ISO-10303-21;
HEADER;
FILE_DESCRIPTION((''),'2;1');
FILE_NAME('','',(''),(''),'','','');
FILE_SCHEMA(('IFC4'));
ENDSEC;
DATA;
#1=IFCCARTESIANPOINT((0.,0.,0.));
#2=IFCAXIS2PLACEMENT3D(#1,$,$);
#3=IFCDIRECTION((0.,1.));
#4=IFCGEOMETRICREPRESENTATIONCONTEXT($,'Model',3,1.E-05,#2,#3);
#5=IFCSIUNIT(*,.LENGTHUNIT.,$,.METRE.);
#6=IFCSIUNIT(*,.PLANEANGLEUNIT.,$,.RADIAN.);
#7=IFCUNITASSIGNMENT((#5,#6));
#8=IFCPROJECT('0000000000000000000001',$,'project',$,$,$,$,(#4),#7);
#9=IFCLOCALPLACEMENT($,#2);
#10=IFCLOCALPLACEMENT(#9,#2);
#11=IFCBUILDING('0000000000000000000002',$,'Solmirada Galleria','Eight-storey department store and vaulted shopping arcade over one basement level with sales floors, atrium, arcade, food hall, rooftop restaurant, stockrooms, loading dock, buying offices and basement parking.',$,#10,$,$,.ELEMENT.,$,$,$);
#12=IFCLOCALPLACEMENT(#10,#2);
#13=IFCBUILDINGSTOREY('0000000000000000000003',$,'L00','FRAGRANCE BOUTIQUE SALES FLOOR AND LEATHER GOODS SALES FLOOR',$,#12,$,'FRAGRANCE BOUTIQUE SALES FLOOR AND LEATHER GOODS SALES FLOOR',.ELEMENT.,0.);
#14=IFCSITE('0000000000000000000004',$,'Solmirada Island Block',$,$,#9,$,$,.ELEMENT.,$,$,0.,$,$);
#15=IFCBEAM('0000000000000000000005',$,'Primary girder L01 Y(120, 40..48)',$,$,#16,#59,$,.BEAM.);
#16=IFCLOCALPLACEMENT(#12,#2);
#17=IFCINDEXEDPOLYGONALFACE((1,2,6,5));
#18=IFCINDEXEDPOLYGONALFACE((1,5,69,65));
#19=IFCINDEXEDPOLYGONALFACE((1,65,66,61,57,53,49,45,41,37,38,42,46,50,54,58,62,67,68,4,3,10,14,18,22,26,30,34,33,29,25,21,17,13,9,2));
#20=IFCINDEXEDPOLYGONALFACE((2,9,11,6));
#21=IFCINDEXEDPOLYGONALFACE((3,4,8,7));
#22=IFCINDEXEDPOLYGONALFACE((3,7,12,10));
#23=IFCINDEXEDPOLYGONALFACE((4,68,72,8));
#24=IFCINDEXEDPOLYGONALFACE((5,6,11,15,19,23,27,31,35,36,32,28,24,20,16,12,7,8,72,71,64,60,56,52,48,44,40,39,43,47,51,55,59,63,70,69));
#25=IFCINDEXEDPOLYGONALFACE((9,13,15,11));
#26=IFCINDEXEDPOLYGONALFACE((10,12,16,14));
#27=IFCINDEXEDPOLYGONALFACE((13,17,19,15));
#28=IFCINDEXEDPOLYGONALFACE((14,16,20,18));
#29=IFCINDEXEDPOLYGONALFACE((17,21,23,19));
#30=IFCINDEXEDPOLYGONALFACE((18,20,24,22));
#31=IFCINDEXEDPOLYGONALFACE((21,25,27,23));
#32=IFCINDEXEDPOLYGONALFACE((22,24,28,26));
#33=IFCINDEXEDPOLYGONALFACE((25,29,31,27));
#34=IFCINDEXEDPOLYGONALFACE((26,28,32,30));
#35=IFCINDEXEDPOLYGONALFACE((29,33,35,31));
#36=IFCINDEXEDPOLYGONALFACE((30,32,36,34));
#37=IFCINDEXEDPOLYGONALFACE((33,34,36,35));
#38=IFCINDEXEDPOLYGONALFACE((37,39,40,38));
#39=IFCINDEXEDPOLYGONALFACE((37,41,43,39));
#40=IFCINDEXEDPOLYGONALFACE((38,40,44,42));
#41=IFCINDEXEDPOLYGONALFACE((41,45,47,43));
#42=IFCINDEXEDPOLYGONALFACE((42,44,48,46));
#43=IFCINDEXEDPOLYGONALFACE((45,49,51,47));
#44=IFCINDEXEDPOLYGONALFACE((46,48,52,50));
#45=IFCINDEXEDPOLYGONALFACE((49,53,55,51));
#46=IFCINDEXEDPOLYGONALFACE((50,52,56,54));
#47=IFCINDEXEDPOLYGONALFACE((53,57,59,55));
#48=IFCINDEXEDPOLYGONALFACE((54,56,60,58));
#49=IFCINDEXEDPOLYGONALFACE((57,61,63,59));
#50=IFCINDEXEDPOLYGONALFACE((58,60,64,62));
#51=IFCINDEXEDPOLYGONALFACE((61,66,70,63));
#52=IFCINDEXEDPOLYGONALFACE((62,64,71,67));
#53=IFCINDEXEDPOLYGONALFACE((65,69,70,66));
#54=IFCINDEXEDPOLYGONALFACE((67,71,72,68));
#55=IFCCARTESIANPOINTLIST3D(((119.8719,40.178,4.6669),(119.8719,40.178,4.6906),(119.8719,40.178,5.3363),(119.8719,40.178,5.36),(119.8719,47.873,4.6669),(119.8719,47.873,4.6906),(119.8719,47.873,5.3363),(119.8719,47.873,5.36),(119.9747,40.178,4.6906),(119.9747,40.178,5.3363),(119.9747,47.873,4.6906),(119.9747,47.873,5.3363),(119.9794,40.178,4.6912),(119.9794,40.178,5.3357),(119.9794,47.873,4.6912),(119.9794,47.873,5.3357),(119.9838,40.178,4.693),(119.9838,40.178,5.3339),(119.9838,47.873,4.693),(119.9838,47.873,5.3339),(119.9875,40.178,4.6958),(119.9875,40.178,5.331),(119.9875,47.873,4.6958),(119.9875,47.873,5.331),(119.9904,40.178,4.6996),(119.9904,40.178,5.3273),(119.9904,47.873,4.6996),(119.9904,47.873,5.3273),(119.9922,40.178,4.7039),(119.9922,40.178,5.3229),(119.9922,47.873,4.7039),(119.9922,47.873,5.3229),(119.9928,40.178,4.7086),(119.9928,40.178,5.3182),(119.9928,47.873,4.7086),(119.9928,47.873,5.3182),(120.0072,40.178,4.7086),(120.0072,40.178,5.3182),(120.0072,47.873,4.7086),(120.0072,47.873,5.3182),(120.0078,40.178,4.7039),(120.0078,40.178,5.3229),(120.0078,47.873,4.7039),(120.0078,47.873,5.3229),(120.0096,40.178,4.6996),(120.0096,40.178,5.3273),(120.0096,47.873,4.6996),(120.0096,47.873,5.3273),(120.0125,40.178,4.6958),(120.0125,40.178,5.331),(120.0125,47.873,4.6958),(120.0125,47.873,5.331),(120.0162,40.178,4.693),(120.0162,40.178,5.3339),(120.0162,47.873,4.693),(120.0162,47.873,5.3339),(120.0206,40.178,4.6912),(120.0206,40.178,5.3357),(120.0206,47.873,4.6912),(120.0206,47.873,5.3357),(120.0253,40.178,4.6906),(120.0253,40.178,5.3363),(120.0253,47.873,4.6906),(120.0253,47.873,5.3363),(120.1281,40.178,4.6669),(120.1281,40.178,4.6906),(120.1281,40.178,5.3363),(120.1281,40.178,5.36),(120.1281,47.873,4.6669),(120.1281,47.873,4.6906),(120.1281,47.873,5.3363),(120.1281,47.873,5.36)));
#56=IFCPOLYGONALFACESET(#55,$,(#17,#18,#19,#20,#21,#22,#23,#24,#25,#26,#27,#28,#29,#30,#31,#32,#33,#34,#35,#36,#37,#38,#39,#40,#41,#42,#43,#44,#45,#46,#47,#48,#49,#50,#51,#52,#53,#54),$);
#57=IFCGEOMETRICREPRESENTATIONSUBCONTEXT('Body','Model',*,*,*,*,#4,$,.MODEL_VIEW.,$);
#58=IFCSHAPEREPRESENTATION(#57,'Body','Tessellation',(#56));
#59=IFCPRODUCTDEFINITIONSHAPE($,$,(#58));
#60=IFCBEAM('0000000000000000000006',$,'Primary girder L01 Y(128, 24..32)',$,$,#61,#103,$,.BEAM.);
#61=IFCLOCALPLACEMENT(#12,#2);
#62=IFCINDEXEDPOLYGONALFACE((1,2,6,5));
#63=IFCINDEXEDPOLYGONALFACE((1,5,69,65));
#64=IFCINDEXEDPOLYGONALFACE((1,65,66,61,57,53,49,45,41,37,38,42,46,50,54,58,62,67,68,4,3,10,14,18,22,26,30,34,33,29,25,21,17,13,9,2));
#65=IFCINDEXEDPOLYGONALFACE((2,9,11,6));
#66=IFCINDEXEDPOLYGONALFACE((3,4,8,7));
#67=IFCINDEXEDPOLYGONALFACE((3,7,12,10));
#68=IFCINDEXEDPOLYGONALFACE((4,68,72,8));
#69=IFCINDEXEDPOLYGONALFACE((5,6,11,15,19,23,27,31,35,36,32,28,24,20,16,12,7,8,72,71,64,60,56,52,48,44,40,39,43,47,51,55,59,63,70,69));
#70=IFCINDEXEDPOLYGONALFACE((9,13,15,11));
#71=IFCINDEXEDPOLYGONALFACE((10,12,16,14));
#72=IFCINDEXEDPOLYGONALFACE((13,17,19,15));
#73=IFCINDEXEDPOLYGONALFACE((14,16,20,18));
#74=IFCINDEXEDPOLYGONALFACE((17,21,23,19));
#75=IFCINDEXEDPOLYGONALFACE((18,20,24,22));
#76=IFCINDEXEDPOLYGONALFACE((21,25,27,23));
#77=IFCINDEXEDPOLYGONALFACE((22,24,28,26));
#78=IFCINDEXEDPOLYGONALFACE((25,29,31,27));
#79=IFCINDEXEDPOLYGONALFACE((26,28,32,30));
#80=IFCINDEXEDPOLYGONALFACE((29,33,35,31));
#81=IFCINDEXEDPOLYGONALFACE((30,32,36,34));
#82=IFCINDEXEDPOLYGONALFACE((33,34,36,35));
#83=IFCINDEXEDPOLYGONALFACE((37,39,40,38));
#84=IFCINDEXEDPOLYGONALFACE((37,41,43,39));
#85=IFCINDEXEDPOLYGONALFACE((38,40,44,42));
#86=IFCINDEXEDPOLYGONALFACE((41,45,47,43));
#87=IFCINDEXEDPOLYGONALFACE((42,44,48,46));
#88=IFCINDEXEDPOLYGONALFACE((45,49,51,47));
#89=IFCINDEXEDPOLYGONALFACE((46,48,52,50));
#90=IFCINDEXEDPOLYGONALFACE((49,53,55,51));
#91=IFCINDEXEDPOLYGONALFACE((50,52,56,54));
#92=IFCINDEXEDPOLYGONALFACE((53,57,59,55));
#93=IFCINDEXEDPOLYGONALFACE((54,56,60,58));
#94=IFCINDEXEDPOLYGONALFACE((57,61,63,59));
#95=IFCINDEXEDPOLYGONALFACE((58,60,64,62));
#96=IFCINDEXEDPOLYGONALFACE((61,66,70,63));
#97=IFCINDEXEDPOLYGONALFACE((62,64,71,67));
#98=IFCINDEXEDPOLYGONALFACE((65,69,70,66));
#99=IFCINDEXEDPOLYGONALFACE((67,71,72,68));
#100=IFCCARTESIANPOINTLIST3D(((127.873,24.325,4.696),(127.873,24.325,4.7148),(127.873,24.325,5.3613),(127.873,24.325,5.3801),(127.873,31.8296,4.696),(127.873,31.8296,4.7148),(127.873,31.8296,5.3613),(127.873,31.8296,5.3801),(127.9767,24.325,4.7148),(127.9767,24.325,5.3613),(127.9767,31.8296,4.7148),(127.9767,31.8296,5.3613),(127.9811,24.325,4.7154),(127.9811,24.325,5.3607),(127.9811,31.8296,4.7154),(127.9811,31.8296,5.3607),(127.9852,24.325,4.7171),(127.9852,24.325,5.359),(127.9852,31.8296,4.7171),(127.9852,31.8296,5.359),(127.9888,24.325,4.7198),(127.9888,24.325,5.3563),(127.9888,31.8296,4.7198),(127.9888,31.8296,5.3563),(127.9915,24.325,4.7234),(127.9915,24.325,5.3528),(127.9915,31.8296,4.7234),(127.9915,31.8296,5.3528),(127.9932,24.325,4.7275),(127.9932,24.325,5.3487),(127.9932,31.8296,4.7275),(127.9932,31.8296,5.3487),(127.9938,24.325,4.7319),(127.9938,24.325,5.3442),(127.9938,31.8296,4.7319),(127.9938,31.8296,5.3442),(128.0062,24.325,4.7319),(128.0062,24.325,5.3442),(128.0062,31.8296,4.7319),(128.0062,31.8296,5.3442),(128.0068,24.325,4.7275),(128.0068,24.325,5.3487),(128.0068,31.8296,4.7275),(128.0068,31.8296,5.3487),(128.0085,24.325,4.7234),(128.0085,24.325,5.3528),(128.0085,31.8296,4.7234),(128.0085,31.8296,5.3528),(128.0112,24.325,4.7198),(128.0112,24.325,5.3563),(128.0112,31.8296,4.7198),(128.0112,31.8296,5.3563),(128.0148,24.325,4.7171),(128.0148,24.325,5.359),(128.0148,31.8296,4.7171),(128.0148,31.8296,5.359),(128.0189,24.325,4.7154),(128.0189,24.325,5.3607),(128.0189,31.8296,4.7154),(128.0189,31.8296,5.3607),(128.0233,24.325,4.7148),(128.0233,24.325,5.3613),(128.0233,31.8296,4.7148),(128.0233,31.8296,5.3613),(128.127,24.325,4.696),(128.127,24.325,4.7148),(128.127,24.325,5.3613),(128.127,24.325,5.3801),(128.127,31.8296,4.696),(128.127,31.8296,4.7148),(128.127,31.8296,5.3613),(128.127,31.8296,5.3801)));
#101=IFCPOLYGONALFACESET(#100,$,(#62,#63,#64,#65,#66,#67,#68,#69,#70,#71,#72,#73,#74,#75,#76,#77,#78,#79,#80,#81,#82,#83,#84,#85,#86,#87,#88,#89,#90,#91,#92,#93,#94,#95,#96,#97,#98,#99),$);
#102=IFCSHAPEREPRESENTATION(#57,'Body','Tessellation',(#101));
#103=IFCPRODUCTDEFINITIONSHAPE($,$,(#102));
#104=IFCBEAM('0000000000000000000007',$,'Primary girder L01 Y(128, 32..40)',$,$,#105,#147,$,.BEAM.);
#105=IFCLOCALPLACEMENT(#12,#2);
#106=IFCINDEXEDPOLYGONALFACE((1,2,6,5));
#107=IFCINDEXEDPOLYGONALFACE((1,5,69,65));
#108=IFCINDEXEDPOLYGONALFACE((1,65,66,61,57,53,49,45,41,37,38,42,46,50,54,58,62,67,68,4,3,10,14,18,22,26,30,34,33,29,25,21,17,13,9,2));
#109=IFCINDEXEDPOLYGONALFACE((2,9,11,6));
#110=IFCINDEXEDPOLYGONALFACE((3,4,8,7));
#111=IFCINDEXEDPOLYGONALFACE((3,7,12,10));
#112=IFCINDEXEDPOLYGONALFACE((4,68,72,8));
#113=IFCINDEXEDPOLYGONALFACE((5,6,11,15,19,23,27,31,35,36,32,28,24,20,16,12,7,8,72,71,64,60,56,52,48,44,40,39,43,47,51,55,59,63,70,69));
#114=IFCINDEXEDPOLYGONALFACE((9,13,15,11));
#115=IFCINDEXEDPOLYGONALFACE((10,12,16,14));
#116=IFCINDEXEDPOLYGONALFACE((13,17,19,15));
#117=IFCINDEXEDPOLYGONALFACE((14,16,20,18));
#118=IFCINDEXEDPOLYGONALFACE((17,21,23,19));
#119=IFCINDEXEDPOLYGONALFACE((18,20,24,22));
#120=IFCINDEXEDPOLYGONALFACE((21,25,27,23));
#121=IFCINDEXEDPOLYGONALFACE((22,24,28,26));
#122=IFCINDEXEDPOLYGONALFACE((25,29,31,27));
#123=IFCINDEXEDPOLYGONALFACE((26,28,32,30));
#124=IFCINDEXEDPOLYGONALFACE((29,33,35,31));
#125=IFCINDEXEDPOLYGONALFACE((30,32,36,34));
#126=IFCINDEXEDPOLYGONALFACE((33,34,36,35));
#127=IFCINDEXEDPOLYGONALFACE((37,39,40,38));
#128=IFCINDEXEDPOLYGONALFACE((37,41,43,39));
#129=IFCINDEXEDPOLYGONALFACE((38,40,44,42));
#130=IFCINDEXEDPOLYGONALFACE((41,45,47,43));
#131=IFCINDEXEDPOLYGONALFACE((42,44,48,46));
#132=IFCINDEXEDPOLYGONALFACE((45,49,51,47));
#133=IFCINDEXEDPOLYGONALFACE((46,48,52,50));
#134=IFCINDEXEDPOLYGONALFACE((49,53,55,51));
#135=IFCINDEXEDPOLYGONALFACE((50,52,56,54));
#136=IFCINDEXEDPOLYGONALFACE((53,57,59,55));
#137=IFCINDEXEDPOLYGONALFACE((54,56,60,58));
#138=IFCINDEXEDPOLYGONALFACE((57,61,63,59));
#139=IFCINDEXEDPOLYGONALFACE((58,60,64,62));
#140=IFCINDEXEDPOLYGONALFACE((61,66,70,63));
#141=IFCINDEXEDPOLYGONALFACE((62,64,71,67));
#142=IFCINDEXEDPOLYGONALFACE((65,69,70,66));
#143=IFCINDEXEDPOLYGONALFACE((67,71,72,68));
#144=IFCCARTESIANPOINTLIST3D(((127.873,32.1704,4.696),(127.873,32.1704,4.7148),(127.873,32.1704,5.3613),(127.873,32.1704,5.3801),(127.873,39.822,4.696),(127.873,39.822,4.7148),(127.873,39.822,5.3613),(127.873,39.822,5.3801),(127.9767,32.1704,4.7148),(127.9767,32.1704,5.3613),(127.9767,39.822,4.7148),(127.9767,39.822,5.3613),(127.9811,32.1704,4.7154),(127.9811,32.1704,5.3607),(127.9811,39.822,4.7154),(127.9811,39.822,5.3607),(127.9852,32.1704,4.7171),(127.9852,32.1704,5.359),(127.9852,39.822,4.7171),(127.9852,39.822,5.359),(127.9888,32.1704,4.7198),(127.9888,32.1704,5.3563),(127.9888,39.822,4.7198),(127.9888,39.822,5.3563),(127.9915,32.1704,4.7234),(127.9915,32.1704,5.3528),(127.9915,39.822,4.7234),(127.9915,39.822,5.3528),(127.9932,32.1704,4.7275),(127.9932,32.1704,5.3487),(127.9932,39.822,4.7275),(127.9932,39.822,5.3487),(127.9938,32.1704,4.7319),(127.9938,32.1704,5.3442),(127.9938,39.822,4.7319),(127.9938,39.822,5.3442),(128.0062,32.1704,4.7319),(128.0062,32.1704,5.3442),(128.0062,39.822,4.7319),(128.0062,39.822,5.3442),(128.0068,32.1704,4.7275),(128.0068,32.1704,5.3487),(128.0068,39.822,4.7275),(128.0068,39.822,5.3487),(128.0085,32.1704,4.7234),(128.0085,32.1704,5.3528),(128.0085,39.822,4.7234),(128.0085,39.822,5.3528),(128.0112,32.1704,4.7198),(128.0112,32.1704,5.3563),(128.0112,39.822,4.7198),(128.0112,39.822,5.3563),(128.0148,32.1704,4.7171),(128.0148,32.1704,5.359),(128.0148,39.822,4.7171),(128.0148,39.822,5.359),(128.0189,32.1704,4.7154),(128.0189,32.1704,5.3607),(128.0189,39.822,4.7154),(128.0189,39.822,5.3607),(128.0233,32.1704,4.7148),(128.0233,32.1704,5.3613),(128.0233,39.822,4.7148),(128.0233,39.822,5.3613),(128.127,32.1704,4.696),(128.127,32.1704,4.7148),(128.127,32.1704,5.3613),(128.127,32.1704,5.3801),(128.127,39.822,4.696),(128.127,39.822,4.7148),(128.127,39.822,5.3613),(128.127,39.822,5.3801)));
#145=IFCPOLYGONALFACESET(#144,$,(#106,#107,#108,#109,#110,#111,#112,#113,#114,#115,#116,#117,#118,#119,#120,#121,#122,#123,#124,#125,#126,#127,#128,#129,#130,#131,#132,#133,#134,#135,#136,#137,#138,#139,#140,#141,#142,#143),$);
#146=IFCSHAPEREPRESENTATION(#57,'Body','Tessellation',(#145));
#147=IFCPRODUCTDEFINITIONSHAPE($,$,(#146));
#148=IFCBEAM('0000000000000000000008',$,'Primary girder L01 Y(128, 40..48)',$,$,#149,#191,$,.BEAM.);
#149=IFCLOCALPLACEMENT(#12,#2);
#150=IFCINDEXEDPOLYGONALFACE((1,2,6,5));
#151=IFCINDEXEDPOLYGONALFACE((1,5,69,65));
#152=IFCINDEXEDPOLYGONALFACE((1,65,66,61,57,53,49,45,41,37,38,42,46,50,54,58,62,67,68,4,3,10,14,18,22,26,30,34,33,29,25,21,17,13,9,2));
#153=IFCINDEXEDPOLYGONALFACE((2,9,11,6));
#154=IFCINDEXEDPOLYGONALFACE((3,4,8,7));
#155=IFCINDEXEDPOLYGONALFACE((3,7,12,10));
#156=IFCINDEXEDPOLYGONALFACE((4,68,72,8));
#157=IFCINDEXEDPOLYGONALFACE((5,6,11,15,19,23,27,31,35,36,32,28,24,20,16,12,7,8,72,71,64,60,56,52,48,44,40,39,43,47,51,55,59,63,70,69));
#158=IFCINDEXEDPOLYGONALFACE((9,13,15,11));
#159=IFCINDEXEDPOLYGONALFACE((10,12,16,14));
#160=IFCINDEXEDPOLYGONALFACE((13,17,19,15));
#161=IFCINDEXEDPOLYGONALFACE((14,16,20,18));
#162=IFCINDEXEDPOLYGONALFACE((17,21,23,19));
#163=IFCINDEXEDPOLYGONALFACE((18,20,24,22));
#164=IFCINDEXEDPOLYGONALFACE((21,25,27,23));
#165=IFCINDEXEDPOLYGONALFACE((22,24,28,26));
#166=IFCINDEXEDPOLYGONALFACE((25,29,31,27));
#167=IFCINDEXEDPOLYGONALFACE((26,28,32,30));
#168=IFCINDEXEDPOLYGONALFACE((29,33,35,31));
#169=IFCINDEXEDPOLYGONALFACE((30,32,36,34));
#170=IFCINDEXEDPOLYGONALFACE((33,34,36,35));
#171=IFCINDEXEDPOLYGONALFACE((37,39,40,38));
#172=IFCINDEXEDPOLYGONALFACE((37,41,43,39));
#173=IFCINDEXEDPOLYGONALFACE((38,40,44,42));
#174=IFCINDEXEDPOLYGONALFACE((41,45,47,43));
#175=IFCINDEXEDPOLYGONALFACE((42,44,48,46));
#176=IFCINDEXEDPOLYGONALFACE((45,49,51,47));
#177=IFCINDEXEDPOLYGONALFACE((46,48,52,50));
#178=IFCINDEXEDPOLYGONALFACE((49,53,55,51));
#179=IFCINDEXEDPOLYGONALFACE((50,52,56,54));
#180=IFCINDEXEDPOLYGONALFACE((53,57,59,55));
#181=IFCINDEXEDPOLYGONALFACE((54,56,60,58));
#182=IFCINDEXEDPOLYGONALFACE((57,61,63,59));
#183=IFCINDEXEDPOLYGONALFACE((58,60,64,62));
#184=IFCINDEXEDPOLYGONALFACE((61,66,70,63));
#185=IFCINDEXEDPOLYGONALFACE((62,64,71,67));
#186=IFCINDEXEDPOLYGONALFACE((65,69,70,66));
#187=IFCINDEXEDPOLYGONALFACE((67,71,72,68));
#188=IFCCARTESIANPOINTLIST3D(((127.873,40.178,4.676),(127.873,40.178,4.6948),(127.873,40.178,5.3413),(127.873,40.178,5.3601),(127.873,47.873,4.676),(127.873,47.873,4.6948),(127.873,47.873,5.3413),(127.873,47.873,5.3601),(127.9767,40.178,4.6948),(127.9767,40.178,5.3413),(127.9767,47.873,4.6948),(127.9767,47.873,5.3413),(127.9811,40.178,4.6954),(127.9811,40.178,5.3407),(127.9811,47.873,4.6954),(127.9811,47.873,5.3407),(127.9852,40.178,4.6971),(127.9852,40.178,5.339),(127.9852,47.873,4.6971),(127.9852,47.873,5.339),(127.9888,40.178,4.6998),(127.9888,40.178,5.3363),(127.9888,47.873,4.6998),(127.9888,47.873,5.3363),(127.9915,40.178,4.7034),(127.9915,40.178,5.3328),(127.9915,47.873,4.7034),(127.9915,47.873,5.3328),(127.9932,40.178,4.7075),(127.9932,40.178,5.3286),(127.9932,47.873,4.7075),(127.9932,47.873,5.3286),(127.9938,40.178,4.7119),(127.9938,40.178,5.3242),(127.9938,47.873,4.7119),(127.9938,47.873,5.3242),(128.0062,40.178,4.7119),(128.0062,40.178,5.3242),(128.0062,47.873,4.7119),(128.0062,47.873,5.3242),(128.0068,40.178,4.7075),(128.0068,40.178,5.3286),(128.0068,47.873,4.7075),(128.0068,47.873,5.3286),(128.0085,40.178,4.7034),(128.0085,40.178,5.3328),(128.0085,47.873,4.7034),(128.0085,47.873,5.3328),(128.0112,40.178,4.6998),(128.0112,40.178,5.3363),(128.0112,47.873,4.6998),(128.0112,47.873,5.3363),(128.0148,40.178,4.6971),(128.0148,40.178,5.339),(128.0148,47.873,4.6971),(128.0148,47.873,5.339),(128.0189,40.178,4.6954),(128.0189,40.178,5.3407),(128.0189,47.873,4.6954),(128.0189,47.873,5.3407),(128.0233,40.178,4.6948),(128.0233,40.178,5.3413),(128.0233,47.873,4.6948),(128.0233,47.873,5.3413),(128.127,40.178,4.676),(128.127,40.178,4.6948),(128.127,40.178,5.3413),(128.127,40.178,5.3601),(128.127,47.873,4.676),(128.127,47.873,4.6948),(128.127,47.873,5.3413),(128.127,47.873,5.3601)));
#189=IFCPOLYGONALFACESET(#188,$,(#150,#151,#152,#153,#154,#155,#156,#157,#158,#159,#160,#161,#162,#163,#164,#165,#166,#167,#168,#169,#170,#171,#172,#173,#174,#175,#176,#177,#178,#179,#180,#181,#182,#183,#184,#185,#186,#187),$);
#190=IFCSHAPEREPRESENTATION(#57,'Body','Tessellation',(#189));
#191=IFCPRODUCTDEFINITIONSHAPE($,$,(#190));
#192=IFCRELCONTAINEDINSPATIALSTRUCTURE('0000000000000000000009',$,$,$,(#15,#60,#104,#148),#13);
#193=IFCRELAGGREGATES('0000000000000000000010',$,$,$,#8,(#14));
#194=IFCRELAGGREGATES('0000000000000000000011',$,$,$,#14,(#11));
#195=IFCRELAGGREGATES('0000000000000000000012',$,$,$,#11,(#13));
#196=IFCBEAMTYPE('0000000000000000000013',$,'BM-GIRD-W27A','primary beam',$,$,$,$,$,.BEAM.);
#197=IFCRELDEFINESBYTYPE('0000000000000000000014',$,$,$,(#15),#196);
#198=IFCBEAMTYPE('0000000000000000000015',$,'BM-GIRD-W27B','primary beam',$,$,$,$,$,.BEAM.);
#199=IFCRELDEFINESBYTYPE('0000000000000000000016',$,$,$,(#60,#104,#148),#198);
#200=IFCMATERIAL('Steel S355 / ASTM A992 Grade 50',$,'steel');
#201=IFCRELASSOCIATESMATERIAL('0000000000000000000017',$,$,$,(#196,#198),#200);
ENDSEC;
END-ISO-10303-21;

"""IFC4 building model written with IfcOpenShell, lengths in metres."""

from ifc_helpers import new_model, si_unit, direction, frame, origin, origin_2d, place, context, subcontext, project, spatial, i_section, extrude, material, material_profile, profile_set, type_object, element, save


model = new_model("IFC4")

# Units and contexts
model_context = context("Model", 3, precision=1e-05, world=origin(), true_north=direction((0.0, 1.0)))
body_context = subcontext(model_context, "Body", "Model", "MODEL_VIEW")
ifc_project = project(units=[si_unit("LENGTHUNIT", "METRE"), si_unit("PLANEANGLEUNIT", "RADIAN")], contexts=[model_context])

# Site, building, storey
site_placement = place(None, origin())
site = spatial("IfcSite", under=ifc_project, at=site_placement, Name="Solmirada Island Block", CompositionType="ELEMENT", RefElevation=0.0)
building_placement = place(site_placement, origin())
building = spatial("IfcBuilding", under=site, at=building_placement, Name="Solmirada Galleria", Description="Eight-storey department store and vaulted shopping arcade over one basement level with sales floors, atrium, arcade, food hall, rooftop restaurant, stockrooms, loading dock, buying offices and basement parking.", CompositionType="ELEMENT")
storey_placement = place(building_placement, origin())
storey = spatial("IfcBuildingStorey", under=building, at=storey_placement, Name="L00", Description="FRAGRANCE BOUTIQUE SALES FLOOR AND LEATHER GOODS SALES FLOOR", LongName="FRAGRANCE BOUTIQUE SALES FLOOR AND LEATHER GOODS SALES FLOOR", CompositionType="ELEMENT", Elevation=0.0)

# Beams
ifc_material_1 = material(Name="Steel S355 / ASTM A992 Grade 50", Category="steel")
ifc_material_profile_1 = material_profile(ifc_material_1, i_section(OverallWidth=0.2561, OverallDepth=0.6931, WebThickness=0.0144, FlangeThickness=0.0237, FilletRadius=0.0181, at=origin_2d()), Name="W27X114")
ifc_profile_set_1 = profile_set([ifc_material_profile_1], Name="Steel S355 / ASTM A992 Grade 50")
beam_type_1 = type_object("IfcBeamType", Name="BM-GIRD-W27A", Description="primary beam", PredefinedType="BEAM", material=ifc_profile_set_1)
beam_1_placement = place(storey_placement, frame((120.0, 40.178, 5.0134), z_axis=(0.0, 1.0, 0.0), x_axis=(-1.0, 0.0, 0.0)))
element("IfcBeam", 1, at=beam_1_placement, inside=storey, type_object=beam_type_1, Name="Primary girder L01 Y(120, 40..48)", PredefinedType="BEAM", context=body_context, shape_type="SweptSolid", body=[
    extrude(i_section(OverallWidth=0.2561, OverallDepth=0.6931, WebThickness=0.0144, FlangeThickness=0.0237, FilletRadius=0.0181, at=origin_2d()), origin(), (0.0, 0.0, 1.0), 7.6951),
])
ifc_material_profile_2 = material_profile(ifc_material_1, i_section(OverallWidth=0.2539, OverallDepth=0.6841, WebThickness=0.0125, FlangeThickness=0.0188, FilletRadius=0.0171, at=origin_2d()), Name="W27X94")
ifc_profile_set_2 = profile_set([ifc_material_profile_2], Name="Steel S355 / ASTM A992 Grade 50")
beam_type_2 = type_object("IfcBeamType", Name="BM-GIRD-W27B", Description="primary beam", PredefinedType="BEAM", material=ifc_profile_set_2)
beam_2_placement = place(storey_placement, frame((128.0, 24.325, 5.0381), z_axis=(0.0, 1.0, 0.0), x_axis=(-1.0, 0.0, 0.0)))
element("IfcBeam", 2, at=beam_2_placement, inside=storey, type_object=beam_type_2, Name="Primary girder L01 Y(128, 24..32)", PredefinedType="BEAM", context=body_context, shape_type="SweptSolid", body=[
    extrude(i_section(OverallWidth=0.2539, OverallDepth=0.6841, WebThickness=0.0125, FlangeThickness=0.0188, FilletRadius=0.0171, at=origin_2d()), origin(), (0.0, 0.0, 1.0), 7.5046),
])
beam_3_placement = place(storey_placement, frame((128.0, 32.1704, 5.0381), z_axis=(0.0, 1.0, 0.0), x_axis=(-1.0, 0.0, 0.0)))
element("IfcBeam", 3, at=beam_3_placement, inside=storey, type_object=beam_type_2, Name="Primary girder L01 Y(128, 32..40)", PredefinedType="BEAM", context=body_context, shape_type="SweptSolid", body=[
    extrude(i_section(OverallWidth=0.2539, OverallDepth=0.6841, WebThickness=0.0125, FlangeThickness=0.0188, FilletRadius=0.0171, at=origin_2d()), origin(), (0.0, 0.0, 1.0), 7.6516),
])
beam_4_placement = place(storey_placement, frame((128.0, 40.178, 5.0181), z_axis=(0.0, 1.0, 0.0), x_axis=(-1.0, 0.0, 0.0)))
element("IfcBeam", 4, at=beam_4_placement, inside=storey, type_object=beam_type_2, Name="Primary girder L01 Y(128, 40..48)", PredefinedType="BEAM", context=body_context, shape_type="SweptSolid", body=[
    extrude(i_section(OverallWidth=0.2539, OverallDepth=0.6841, WebThickness=0.0125, FlangeThickness=0.0188, FilletRadius=0.0171, at=origin_2d()), origin(), (0.0, 0.0, 1.0), 7.6951),
])

save(model, "model.ifc")
